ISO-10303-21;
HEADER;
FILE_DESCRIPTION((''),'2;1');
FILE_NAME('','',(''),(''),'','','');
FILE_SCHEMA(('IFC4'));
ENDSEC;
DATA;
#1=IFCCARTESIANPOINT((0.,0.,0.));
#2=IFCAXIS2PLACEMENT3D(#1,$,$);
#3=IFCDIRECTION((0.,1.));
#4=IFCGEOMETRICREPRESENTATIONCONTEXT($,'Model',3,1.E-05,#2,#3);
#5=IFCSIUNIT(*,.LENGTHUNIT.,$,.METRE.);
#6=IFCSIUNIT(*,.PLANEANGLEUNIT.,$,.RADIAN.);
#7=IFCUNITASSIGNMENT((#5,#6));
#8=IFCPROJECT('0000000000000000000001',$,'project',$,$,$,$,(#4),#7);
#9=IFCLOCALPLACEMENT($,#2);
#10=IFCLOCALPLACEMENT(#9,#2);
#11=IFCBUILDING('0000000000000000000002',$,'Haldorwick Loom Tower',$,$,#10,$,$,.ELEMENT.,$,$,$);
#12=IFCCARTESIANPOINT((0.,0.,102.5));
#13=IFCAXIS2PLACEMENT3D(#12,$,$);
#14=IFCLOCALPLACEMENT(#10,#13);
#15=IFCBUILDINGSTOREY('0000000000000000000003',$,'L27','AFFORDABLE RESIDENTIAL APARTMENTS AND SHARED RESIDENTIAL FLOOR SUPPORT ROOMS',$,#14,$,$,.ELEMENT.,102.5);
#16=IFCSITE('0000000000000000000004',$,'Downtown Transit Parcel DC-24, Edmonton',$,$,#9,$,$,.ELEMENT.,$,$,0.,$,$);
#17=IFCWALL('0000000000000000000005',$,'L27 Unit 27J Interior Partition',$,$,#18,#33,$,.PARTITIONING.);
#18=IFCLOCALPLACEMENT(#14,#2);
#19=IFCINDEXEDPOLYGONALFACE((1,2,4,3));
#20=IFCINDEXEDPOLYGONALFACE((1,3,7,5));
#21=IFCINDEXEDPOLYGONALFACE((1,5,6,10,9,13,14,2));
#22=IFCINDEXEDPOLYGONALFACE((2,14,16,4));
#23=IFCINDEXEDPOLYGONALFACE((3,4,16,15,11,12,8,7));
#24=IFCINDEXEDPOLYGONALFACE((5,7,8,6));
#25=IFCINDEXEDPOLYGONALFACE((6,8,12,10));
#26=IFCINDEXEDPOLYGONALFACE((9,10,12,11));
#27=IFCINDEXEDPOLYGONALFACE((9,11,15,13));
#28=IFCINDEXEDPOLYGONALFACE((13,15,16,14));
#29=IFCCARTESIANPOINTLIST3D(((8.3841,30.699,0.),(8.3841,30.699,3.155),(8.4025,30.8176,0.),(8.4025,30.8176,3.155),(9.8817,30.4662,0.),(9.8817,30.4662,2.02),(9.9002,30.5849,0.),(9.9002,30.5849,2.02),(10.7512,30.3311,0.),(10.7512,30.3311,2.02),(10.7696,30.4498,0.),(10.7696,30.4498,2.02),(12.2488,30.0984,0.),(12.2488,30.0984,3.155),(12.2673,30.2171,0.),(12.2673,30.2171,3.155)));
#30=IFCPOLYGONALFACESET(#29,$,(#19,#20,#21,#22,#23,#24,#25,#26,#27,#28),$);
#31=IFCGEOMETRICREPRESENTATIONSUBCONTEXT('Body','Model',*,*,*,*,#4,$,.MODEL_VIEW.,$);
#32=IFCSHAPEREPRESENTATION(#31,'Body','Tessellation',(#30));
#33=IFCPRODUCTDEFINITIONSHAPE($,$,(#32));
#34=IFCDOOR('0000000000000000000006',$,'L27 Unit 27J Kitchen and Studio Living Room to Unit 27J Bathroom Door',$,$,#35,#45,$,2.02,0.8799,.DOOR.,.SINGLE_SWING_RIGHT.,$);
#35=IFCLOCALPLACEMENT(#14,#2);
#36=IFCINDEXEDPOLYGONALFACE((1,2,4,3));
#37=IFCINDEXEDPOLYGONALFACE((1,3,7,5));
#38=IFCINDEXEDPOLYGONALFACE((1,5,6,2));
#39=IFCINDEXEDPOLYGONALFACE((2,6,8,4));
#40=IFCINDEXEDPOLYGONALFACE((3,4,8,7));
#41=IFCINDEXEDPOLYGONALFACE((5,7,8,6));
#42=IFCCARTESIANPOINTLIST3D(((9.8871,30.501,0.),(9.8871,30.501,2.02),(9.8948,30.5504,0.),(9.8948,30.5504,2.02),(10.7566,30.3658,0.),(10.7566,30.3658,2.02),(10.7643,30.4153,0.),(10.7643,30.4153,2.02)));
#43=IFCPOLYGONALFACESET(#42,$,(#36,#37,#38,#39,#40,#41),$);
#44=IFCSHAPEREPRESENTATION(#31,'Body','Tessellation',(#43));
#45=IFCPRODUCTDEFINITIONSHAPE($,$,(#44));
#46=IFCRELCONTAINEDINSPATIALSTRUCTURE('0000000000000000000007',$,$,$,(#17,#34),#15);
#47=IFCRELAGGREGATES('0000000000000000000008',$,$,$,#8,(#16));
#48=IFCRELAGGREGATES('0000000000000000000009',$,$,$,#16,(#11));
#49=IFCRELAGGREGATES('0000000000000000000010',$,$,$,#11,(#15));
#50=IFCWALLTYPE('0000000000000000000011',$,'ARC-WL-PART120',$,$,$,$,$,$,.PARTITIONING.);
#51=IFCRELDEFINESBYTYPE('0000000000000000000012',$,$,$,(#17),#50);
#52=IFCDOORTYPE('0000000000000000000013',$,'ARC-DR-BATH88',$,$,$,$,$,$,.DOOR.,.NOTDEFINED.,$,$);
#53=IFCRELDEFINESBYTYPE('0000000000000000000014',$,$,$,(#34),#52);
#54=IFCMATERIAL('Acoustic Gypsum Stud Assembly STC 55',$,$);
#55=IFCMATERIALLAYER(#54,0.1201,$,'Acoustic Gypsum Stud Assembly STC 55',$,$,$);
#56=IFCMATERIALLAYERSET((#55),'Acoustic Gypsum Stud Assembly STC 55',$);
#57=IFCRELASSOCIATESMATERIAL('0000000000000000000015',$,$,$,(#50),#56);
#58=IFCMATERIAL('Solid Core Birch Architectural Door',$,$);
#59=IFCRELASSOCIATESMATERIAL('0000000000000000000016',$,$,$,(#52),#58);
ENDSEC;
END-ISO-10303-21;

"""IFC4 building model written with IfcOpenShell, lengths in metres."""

from ifc_helpers import new_model, si_unit, direction, frame, frame_2d, origin, place, context, subcontext, project, spatial, rectangle, extrude, material, layer, layer_set, type_object, element, fill, save


model = new_model("IFC4")

# Units and contexts
model_context = context("Model", 3, precision=1e-05, world=origin(), true_north=direction((0.0, 1.0)))
body_context = subcontext(model_context, "Body", "Model", "MODEL_VIEW")
ifc_project = project(units=[si_unit("LENGTHUNIT", "METRE"), si_unit("PLANEANGLEUNIT", "RADIAN")], contexts=[model_context])

# Site, building, storey
site_placement = place(None, origin())
site = spatial("IfcSite", under=ifc_project, at=site_placement, Name="Downtown Transit Parcel DC-24, Edmonton", CompositionType="ELEMENT", RefElevation=0.0)
building_placement = place(site_placement, origin())
building = spatial("IfcBuilding", under=site, at=building_placement, Name="Haldorwick Loom Tower", CompositionType="ELEMENT")
storey_placement = place(building_placement, frame((0.0, 0.0, 102.5)))
storey = spatial("IfcBuildingStorey", under=building, at=storey_placement, Name="L27", Description="AFFORDABLE RESIDENTIAL APARTMENTS AND SHARED RESIDENTIAL FLOOR SUPPORT ROOMS", CompositionType="ELEMENT", Elevation=102.5)

# Shared definitions
ifc_material_1 = material(Name="Acoustic Gypsum Stud Assembly STC 55")
ifc_layer_1 = layer(ifc_material_1, 0.1201, Name="Acoustic Gypsum Stud Assembly STC 55")
ifc_layer_set_1 = layer_set([ifc_layer_1], Name="Acoustic Gypsum Stud Assembly STC 55")
wall_type_1 = type_object("IfcWallType", Name="ARC-WL-PART120", PredefinedType="PARTITIONING", material=ifc_layer_set_1)

# Wall, opening, door
wall_1_placement = place(storey_placement, frame((12.2581, 30.1577, 0.0), z_axis=(0.0, 0.0, 1.0), x_axis=(-0.98814, 0.153558, 0.0)))
wall_1 = element("IfcWall", 1, at=wall_1_placement, inside=storey, type_object=wall_type_1, Name="L27 Unit 27J Interior Partition", PredefinedType="PARTITIONING", context=body_context, shape_type="SweptSolid", body=[
    extrude(rectangle(XDim=3.9111, YDim=0.1201, at=frame_2d((1.9556, 0.0))), origin(), (0.0, 0.0, 1.0), 3.155),
])
opening_1_placement = place(wall_1_placement, frame((1.5156, 0.0, 0.0)))
opening_1 = element("IfcOpeningElement", 2, at=opening_1_placement, cuts=wall_1, PredefinedType="OPENING", context=body_context, shape_type="SweptSolid", body=[
    extrude(rectangle(XDim=0.8799, YDim=2.02, at=frame_2d((0.4399, 1.01))), frame((0.0, 0.0701, 0.0), z_axis=(0.0, -1.0, 0.0), x_axis=(1.0, 0.0, 0.0)), (0.0, 0.0, 1.0), 0.1401),
])
ifc_material_2 = material(Name="Solid Core Birch Architectural Door")
door_type_1 = type_object("IfcDoorType", Name="ARC-DR-BATH88", OperationType="NOTDEFINED", PredefinedType="DOOR", material=ifc_material_2)
door_1_placement = place(opening_1_placement, origin())
door_1 = element("IfcDoor", 3, at=door_1_placement, inside=storey, type_object=door_type_1, Name="L27 Unit 27J Kitchen and Studio Living Room to Unit 27J Bathroom Door", OperationType="SINGLE_SWING_RIGHT", OverallHeight=2.02, OverallWidth=0.8799, PredefinedType="DOOR", context=body_context, shape_type="SweptSolid", body=[
    extrude(rectangle(XDim=0.8799, YDim=2.02, at=frame_2d((0.4399, 1.01))), frame((0.0, 0.0249, 0.0), z_axis=(0.0, -1.0, 0.0), x_axis=(1.0, 0.0, 0.0)), (0.0, 0.0, 1.0), 0.05),
])
fill(opening_1, door_1)

save(model, "model.ifc")
